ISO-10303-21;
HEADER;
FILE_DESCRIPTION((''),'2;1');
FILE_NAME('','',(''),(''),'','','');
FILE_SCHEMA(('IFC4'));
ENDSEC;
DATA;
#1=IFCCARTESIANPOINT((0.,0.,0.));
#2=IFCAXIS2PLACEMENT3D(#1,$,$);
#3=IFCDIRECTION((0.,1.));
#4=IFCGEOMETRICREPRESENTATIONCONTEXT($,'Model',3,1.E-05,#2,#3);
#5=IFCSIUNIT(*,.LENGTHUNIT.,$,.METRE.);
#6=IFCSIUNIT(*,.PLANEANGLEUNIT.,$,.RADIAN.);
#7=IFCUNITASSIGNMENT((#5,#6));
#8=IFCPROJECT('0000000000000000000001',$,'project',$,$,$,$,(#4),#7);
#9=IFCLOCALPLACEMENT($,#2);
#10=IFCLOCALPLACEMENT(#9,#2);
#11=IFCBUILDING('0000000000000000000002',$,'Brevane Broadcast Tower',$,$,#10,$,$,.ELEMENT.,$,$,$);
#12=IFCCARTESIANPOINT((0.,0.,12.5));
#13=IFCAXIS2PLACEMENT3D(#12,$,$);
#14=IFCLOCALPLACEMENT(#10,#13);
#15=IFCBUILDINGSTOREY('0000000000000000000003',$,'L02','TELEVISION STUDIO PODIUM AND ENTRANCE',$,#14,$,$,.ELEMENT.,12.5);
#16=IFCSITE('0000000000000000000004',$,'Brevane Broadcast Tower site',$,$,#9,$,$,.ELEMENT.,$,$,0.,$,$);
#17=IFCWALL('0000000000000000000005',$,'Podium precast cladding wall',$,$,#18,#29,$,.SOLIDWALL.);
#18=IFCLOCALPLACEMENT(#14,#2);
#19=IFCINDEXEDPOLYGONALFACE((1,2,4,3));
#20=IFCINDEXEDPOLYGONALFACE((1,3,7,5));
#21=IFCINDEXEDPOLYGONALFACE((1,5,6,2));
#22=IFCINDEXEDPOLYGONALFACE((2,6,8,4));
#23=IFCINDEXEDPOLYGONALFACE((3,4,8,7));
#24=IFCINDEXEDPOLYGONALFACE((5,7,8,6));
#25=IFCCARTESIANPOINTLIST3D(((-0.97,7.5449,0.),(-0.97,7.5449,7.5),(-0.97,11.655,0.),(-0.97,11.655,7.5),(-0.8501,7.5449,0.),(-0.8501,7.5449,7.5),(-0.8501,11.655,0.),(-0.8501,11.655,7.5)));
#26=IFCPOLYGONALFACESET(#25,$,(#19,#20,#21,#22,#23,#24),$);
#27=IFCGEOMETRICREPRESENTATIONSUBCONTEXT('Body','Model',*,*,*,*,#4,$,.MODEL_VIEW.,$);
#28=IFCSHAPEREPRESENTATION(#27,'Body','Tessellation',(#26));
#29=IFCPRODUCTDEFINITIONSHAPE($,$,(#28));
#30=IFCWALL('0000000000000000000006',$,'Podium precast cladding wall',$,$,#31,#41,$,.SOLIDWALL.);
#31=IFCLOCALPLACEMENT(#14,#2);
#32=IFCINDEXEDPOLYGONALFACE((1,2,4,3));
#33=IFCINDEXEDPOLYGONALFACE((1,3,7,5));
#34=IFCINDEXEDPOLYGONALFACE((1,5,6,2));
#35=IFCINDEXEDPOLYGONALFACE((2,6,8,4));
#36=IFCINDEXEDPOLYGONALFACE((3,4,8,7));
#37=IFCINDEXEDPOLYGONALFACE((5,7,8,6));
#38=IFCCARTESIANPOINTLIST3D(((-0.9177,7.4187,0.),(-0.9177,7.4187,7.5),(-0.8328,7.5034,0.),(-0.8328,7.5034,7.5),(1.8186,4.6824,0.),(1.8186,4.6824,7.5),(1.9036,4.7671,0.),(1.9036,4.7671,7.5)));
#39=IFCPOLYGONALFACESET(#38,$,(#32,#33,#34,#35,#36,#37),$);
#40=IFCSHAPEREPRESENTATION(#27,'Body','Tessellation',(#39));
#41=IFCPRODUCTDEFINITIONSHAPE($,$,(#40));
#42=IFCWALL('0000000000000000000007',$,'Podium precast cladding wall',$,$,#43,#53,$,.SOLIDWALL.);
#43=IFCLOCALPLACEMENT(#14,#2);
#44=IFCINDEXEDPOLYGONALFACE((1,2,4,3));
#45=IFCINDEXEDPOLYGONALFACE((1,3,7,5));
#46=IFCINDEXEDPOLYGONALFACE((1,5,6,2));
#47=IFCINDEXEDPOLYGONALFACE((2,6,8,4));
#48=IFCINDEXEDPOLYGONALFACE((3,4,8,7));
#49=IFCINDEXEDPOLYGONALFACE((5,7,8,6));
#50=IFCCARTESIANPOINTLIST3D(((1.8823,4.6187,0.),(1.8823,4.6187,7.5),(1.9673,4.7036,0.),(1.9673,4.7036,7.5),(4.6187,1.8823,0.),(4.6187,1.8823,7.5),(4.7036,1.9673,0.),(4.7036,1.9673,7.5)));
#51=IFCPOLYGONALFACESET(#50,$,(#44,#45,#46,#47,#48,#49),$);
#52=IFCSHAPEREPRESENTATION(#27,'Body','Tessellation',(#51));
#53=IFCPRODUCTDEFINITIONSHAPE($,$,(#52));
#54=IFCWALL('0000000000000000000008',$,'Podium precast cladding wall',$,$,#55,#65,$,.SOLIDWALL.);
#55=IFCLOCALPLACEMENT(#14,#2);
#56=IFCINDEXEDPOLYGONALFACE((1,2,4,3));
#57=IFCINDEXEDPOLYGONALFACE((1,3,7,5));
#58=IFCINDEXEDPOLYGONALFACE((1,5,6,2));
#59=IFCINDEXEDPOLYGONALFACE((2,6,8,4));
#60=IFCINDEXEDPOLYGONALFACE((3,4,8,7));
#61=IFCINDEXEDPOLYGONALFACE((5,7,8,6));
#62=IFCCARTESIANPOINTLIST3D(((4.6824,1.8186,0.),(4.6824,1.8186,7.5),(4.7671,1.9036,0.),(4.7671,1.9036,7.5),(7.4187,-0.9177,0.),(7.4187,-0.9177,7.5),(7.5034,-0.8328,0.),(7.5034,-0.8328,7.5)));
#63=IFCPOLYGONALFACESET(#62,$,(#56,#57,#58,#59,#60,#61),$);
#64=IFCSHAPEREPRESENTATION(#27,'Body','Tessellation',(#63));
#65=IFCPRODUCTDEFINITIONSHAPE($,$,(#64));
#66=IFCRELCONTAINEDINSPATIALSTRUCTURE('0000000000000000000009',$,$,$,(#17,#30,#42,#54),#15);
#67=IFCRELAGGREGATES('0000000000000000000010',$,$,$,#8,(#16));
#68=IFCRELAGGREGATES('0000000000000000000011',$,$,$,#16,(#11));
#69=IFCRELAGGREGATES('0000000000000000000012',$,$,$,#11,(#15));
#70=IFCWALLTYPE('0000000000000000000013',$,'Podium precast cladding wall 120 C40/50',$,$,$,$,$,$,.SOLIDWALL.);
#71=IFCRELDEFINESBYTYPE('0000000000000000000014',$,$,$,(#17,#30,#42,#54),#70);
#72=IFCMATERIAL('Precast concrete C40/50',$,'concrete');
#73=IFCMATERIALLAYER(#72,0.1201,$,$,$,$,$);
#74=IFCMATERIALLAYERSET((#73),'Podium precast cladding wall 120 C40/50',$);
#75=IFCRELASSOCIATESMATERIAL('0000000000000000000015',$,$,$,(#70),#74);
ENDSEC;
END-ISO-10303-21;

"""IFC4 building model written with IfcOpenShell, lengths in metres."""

from ifc_helpers import new_model, si_unit, direction, frame, origin, place, context, subcontext, project, spatial, polyline, outline, extrude, material, layer, layer_set, type_object, element, save


model = new_model("IFC4")

# Units and contexts
model_context = context("Model", 3, precision=1e-05, world=origin(), true_north=direction((0.0, 1.0)))
body_context = subcontext(model_context, "Body", "Model", "MODEL_VIEW")
ifc_project = project(units=[si_unit("LENGTHUNIT", "METRE"), si_unit("PLANEANGLEUNIT", "RADIAN")], contexts=[model_context])

# Site, building, storey
site_placement = place(None, origin())
site = spatial("IfcSite", under=ifc_project, at=site_placement, Name="Brevane Broadcast Tower site", CompositionType="ELEMENT", RefElevation=0.0)
building_placement = place(site_placement, origin())
building = spatial("IfcBuilding", under=site, at=building_placement, Name="Brevane Broadcast Tower", CompositionType="ELEMENT")
storey_placement = place(building_placement, frame((0.0, 0.0, 12.5)))
storey = spatial("IfcBuildingStorey", under=building, at=storey_placement, Name="L02", Description="TELEVISION STUDIO PODIUM AND ENTRANCE", CompositionType="ELEMENT", Elevation=12.5)

# Walls
ifc_material_1 = material(Name="Precast concrete C40/50", Category="concrete")
ifc_layer_1 = layer(ifc_material_1, 0.1201)
ifc_layer_set_1 = layer_set([ifc_layer_1], Name="Podium precast cladding wall 120 C40/50")
wall_type_1 = type_object("IfcWallType", Name="Podium precast cladding wall 120 C40/50", PredefinedType="SOLIDWALL", material=ifc_layer_set_1)
wall_1_placement = place(storey_placement, origin())
element("IfcWall", 1, at=wall_1_placement, inside=storey, type_object=wall_type_1, Name="Podium precast cladding wall", PredefinedType="SOLIDWALL", context=body_context, shape_type="SweptSolid", body=[
    extrude(outline(polyline([(-0.97, 7.5449), (-0.8501, 7.5449), (-0.8501, 11.655), (-0.97, 11.655), (-0.97, 7.5449)])), origin(), (0.0, 0.0, 1.0), 7.5),
])
wall_2_placement = place(storey_placement, origin())
element("IfcWall", 2, at=wall_2_placement, inside=storey, type_object=wall_type_1, Name="Podium precast cladding wall", PredefinedType="SOLIDWALL", context=body_context, shape_type="SweptSolid", body=[
    extrude(outline(polyline([(-0.8328, 7.5034), (-0.9177, 7.4187), (1.8186, 4.6824), (1.9036, 4.7671), (-0.8328, 7.5034)])), origin(), (0.0, 0.0, 1.0), 7.5),
])
wall_3_placement = place(storey_placement, origin())
element("IfcWall", 3, at=wall_3_placement, inside=storey, type_object=wall_type_1, Name="Podium precast cladding wall", PredefinedType="SOLIDWALL", context=body_context, shape_type="SweptSolid", body=[
    extrude(outline(polyline([(1.9673, 4.7036), (4.7036, 1.9673), (4.6187, 1.8823), (1.8823, 4.6187), (1.9673, 4.7036)])), origin(), (0.0, 0.0, 1.0), 7.5),
])
wall_4_placement = place(storey_placement, origin())
element("IfcWall", 4, at=wall_4_placement, inside=storey, type_object=wall_type_1, Name="Podium precast cladding wall", PredefinedType="SOLIDWALL", context=body_context, shape_type="SweptSolid", body=[
    extrude(outline(polyline([(4.7671, 1.9036), (7.5034, -0.8328), (7.4187, -0.9177), (4.6824, 1.8186), (4.7671, 1.9036)])), origin(), (0.0, 0.0, 1.0), 7.5),
])

save(model, "model.ifc")
